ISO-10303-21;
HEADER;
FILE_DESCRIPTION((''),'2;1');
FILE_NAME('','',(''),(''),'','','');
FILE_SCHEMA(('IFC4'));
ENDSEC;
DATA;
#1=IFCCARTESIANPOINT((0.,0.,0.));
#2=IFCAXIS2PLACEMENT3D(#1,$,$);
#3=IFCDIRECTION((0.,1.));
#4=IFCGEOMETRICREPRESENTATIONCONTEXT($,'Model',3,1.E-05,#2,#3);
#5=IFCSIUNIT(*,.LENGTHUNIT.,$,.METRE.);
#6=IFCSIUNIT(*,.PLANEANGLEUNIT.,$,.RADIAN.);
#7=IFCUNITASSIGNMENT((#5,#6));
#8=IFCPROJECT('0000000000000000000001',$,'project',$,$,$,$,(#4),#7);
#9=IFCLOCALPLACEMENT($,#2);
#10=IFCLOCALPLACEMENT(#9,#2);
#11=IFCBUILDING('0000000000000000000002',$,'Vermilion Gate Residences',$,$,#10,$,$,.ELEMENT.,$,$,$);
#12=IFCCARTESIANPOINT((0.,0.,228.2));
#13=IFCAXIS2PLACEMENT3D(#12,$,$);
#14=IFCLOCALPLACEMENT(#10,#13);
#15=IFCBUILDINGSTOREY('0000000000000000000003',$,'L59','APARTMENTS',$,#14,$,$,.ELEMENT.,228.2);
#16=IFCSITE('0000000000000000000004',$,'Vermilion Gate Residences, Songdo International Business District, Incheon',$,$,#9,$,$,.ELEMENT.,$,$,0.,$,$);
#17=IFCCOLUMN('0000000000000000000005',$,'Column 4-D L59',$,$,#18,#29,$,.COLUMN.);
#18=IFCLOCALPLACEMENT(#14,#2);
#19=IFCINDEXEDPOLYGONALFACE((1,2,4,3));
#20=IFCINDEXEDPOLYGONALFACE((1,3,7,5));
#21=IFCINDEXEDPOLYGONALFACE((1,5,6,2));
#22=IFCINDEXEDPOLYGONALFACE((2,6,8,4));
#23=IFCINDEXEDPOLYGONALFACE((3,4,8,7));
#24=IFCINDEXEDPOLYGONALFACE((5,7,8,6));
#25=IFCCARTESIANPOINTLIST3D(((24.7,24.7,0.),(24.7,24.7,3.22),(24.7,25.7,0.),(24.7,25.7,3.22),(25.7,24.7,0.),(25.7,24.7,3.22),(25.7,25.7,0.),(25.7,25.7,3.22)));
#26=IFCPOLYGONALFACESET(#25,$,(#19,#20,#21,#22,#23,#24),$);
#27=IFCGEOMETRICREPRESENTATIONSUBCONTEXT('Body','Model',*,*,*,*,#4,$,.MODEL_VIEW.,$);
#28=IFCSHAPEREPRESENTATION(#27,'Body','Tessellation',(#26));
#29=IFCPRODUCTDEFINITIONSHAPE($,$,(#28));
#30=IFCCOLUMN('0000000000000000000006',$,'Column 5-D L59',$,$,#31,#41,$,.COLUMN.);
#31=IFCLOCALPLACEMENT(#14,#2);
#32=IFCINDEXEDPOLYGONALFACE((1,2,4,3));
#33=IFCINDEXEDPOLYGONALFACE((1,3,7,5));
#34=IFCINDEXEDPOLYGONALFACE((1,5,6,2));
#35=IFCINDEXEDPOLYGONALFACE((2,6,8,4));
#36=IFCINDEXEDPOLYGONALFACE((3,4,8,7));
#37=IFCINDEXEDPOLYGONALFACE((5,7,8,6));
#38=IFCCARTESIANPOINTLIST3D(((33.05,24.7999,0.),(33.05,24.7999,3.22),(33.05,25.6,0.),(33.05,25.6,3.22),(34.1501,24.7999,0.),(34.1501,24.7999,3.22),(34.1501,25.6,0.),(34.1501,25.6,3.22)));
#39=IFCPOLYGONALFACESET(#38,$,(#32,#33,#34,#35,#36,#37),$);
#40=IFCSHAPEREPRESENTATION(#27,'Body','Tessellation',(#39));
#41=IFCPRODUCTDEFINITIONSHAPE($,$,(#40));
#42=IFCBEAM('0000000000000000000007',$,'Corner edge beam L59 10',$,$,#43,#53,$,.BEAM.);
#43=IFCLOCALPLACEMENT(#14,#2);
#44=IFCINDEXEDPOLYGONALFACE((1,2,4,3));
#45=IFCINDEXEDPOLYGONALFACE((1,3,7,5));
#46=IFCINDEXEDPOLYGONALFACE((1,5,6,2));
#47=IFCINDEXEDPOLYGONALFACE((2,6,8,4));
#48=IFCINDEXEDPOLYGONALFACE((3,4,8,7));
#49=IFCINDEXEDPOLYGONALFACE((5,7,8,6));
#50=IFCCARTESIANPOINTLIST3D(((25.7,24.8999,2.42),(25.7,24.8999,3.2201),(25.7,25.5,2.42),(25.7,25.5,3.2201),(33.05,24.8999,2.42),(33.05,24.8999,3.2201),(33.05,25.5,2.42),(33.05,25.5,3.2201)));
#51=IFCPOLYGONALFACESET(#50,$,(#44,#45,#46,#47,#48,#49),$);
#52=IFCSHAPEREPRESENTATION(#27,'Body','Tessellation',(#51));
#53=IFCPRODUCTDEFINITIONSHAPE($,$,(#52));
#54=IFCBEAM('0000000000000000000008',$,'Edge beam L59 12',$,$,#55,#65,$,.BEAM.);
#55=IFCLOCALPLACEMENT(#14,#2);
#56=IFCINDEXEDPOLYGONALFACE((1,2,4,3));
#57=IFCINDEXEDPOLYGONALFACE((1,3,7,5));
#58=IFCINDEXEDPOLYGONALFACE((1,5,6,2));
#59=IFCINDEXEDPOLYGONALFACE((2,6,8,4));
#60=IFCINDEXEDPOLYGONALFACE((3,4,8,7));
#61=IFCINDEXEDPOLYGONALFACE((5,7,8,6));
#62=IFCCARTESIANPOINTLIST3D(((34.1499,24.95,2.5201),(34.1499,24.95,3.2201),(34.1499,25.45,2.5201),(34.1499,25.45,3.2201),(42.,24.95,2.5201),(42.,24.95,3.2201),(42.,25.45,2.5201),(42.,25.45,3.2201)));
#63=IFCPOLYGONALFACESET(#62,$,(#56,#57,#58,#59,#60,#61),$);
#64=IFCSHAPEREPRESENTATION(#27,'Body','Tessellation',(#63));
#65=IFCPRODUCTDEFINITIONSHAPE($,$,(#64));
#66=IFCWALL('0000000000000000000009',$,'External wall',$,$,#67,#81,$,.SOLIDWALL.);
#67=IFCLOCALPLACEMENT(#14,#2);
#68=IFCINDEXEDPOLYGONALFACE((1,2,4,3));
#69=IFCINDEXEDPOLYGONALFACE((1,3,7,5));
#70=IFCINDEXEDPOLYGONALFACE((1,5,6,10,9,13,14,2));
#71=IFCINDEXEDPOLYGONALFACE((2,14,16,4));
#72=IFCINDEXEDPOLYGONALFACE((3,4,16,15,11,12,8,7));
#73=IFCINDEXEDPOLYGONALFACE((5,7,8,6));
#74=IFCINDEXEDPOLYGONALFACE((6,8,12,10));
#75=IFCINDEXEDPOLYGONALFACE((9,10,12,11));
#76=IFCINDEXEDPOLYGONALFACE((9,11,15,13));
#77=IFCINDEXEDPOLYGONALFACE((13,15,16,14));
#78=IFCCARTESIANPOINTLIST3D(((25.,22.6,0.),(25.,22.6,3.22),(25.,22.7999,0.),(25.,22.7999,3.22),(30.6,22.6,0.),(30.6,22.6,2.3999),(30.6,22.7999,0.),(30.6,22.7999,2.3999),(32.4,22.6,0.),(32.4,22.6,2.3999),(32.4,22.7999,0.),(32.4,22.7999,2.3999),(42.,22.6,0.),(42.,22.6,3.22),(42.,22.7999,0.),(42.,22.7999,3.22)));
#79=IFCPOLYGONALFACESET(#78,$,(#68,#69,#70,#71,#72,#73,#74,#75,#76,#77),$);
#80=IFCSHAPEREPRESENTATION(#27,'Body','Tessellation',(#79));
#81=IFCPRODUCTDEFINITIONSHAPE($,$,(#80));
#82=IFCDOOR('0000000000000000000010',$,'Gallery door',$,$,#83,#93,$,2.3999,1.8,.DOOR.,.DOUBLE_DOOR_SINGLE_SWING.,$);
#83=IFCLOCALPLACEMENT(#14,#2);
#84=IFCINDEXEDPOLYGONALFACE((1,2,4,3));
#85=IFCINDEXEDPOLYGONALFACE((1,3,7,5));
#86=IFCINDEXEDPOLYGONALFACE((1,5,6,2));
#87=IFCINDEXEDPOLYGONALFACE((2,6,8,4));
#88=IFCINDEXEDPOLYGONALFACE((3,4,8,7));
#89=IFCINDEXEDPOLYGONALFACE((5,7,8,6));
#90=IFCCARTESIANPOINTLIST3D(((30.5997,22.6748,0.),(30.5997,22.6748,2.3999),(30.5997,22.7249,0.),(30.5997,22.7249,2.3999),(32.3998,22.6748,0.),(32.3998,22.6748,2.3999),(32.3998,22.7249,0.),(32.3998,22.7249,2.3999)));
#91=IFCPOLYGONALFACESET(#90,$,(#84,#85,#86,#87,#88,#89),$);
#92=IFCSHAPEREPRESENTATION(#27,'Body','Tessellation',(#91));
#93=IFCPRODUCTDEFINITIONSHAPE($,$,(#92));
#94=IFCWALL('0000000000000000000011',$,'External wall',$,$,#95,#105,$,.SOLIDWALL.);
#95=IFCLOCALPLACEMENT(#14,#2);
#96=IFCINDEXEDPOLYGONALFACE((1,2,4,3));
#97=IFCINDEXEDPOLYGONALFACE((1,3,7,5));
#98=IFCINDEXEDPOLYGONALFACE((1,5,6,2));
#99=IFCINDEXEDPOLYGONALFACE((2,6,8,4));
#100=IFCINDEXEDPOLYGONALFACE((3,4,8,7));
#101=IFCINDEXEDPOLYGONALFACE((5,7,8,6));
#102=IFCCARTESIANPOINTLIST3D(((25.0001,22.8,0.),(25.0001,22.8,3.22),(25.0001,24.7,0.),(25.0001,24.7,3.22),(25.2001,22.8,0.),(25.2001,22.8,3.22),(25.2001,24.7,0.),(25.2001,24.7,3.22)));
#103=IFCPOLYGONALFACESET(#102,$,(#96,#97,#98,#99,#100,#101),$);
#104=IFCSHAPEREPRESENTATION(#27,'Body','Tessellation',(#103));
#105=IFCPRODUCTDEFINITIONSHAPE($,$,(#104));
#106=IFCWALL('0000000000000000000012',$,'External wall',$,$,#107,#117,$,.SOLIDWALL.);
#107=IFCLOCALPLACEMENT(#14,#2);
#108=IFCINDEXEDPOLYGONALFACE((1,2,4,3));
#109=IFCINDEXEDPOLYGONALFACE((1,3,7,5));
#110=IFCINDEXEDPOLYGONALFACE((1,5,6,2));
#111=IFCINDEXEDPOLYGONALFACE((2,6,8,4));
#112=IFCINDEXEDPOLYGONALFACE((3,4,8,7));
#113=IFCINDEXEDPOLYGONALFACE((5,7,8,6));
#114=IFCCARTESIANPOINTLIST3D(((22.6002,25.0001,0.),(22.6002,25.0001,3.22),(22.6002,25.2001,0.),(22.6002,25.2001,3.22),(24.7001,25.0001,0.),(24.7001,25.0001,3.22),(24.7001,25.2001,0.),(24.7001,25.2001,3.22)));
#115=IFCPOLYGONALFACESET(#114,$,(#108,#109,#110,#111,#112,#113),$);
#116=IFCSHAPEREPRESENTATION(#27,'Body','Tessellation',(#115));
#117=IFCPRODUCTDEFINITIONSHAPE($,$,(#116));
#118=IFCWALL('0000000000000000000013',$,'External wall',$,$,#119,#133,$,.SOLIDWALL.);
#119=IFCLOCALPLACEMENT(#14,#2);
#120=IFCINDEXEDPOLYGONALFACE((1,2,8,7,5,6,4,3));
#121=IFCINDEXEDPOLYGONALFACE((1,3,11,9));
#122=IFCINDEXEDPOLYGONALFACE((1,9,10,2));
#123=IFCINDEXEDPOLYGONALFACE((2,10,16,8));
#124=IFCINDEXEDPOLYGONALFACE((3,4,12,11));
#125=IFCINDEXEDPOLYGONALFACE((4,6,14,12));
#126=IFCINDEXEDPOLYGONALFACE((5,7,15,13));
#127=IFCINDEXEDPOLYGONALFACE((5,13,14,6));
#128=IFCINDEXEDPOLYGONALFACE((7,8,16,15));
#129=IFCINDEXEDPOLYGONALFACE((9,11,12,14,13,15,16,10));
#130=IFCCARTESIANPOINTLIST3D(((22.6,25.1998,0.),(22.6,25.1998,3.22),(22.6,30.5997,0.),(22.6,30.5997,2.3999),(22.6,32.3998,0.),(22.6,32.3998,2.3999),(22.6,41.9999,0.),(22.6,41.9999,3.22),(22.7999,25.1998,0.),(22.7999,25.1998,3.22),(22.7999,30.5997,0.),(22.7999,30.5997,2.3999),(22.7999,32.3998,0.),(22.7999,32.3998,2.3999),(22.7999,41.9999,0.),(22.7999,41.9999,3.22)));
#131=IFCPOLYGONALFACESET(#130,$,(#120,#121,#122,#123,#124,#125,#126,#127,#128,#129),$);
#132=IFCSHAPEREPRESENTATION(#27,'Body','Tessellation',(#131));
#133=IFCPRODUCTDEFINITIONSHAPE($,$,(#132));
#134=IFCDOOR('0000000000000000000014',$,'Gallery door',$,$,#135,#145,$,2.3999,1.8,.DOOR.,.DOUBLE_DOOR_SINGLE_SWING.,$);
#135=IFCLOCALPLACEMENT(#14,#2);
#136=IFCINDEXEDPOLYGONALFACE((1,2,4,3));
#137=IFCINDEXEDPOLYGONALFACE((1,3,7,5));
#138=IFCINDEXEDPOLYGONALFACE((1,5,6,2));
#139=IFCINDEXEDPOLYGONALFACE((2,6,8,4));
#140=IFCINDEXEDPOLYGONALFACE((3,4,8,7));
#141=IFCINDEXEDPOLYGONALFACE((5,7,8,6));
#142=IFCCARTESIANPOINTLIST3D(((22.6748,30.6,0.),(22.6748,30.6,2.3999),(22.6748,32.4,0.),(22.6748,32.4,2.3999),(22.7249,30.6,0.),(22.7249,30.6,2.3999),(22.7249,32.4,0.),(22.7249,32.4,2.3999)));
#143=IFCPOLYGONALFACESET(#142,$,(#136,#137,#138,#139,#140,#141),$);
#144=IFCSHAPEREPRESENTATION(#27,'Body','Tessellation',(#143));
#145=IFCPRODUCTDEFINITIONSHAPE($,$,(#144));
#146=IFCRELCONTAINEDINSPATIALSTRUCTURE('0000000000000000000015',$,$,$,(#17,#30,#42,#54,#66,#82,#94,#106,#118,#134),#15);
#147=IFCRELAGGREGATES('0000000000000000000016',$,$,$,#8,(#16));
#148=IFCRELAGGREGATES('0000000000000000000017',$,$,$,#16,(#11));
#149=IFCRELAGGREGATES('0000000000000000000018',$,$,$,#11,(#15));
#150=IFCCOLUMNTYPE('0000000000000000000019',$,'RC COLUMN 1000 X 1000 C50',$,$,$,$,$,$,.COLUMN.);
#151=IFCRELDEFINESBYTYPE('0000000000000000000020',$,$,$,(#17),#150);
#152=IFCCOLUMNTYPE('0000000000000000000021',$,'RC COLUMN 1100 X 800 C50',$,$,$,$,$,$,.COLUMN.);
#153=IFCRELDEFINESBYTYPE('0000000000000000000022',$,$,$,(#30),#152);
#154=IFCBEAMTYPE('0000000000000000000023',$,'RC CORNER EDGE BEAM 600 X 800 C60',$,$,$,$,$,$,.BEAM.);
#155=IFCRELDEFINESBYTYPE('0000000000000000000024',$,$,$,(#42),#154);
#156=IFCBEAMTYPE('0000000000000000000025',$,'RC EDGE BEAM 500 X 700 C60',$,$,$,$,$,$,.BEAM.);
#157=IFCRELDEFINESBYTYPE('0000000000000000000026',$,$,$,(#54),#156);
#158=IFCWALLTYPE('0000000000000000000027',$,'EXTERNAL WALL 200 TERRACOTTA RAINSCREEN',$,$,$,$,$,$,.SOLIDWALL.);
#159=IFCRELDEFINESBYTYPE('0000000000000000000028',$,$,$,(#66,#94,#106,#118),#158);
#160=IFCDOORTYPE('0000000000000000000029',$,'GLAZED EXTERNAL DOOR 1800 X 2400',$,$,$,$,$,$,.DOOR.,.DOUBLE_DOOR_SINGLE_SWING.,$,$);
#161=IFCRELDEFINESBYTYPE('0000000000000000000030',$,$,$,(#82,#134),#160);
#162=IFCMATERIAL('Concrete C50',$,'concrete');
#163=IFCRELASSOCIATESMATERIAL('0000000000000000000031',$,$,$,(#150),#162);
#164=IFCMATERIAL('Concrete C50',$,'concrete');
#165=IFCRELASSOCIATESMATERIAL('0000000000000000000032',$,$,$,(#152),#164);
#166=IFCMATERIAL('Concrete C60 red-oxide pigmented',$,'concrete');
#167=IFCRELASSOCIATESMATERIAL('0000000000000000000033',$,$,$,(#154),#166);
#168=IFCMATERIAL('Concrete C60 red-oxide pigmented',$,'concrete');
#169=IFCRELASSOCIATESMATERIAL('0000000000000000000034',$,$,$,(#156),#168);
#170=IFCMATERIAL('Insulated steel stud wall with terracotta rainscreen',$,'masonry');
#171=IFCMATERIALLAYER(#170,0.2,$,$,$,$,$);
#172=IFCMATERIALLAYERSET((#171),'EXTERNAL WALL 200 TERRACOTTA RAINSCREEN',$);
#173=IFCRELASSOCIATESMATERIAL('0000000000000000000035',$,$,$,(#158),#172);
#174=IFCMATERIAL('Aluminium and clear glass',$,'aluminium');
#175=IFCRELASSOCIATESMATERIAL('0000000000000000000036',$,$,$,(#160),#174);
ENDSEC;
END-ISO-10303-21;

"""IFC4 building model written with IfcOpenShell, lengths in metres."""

from ifc_helpers import new_model, si_unit, direction, frame, frame_2d, origin, origin_2d, place, context, subcontext, project, spatial, rectangle, extrude, material, layer, layer_set, material_profile, profile_set, type_object, element, fill, save


model = new_model("IFC4")

# Units and contexts
model_context = context("Model", 3, precision=1e-05, world=origin(), true_north=direction((0.0, 1.0)))
body_context = subcontext(model_context, "Body", "Model", "MODEL_VIEW")
ifc_project = project(units=[si_unit("LENGTHUNIT", "METRE"), si_unit("PLANEANGLEUNIT", "RADIAN")], contexts=[model_context])

# Site, building, storey
site_placement = place(None, origin())
site = spatial("IfcSite", under=ifc_project, at=site_placement, Name="Vermilion Gate Residences, Songdo International Business District, Incheon", CompositionType="ELEMENT", RefElevation=0.0)
building_placement = place(site_placement, origin())
building = spatial("IfcBuilding", under=site, at=building_placement, Name="Vermilion Gate Residences", CompositionType="ELEMENT")
storey_placement = place(building_placement, frame((0.0, 0.0, 228.2)))
storey = spatial("IfcBuildingStorey", under=building, at=storey_placement, Name="L59", Description="APARTMENTS", CompositionType="ELEMENT", Elevation=228.2)

# Columns
ifc_material_1 = material(Name="Concrete C50", Category="concrete")
ifc_material_profile_1 = material_profile(ifc_material_1, rectangle(XDim=1.0, YDim=1.0, at=origin_2d()), Name="RC-1000x1000")
ifc_profile_set_1 = profile_set([ifc_material_profile_1], Name="Concrete C50")
column_type_1 = type_object("IfcColumnType", Name="RC COLUMN 1000 X 1000 C50", PredefinedType="COLUMN", material=ifc_profile_set_1)
column_1_placement = place(storey_placement, frame((25.2, 25.2, 0.0), z_axis=(0.0, 0.0, 1.0), x_axis=(1.0, 0.0, 0.0)))
element("IfcColumn", 1, at=column_1_placement, inside=storey, type_object=column_type_1, Name="Column 4-D L59", PredefinedType="COLUMN", context=body_context, shape_type="SweptSolid", body=[
    extrude(rectangle(XDim=1.0, YDim=1.0, at=origin_2d()), origin(), (0.0, 0.0, 1.0), 3.22),
])
ifc_material_2 = material(Name="Concrete C50", Category="concrete")
ifc_material_profile_2 = material_profile(ifc_material_2, rectangle(XDim=1.1001, YDim=0.8, at=origin_2d()), Name="RC-1100x800")
ifc_profile_set_2 = profile_set([ifc_material_profile_2], Name="Concrete C50")
column_type_2 = type_object("IfcColumnType", Name="RC COLUMN 1100 X 800 C50", PredefinedType="COLUMN", material=ifc_profile_set_2)
column_2_placement = place(storey_placement, frame((33.6001, 25.2, 0.0), z_axis=(0.0, 0.0, 1.0), x_axis=(1.0, 0.0, 0.0)))
element("IfcColumn", 2, at=column_2_placement, inside=storey, type_object=column_type_2, Name="Column 5-D L59", PredefinedType="COLUMN", context=body_context, shape_type="SweptSolid", body=[
    extrude(rectangle(XDim=1.1001, YDim=0.8, at=origin_2d()), origin(), (0.0, 0.0, 1.0), 3.22),
])

# Beams
ifc_material_3 = material(Name="Concrete C60 red-oxide pigmented", Category="concrete")
ifc_material_profile_3 = material_profile(ifc_material_3, rectangle(XDim=0.6001, YDim=0.8, at=origin_2d()), Name="RC-600x800")
ifc_profile_set_3 = profile_set([ifc_material_profile_3], Name="Concrete C60 red-oxide pigmented")
beam_type_1 = type_object("IfcBeamType", Name="RC CORNER EDGE BEAM 600 X 800 C60", PredefinedType="BEAM", material=ifc_profile_set_3)
beam_1_placement = place(storey_placement, frame((25.7, 25.2, 2.8201), z_axis=(1.0, 0.0, 0.0), x_axis=(0.0, 1.0, 0.0)))
element("IfcBeam", 3, at=beam_1_placement, inside=storey, type_object=beam_type_1, Name="Corner edge beam L59 10", PredefinedType="BEAM", context=body_context, shape_type="SweptSolid", body=[
    extrude(rectangle(XDim=0.6001, YDim=0.8, at=origin_2d()), origin(), (0.0, 0.0, 1.0), 7.3501),
])
ifc_material_4 = material(Name="Concrete C60 red-oxide pigmented", Category="concrete")
ifc_material_profile_4 = material_profile(ifc_material_4, rectangle(XDim=0.5, YDim=0.7, at=origin_2d()), Name="RC-500x700")
ifc_profile_set_4 = profile_set([ifc_material_profile_4], Name="Concrete C60 red-oxide pigmented")
beam_type_2 = type_object("IfcBeamType", Name="RC EDGE BEAM 500 X 700 C60", PredefinedType="BEAM", material=ifc_profile_set_4)
beam_2_placement = place(storey_placement, frame((34.1499, 25.2, 2.8701), z_axis=(1.0, 0.0, 0.0), x_axis=(0.0, 1.0, 0.0)))
element("IfcBeam", 4, at=beam_2_placement, inside=storey, type_object=beam_type_2, Name="Edge beam L59 12", PredefinedType="BEAM", context=body_context, shape_type="SweptSolid", body=[
    extrude(rectangle(XDim=0.5, YDim=0.7, at=origin_2d()), origin(), (0.0, 0.0, 1.0), 7.8501),
])

# Wall, opening, door
ifc_material_5 = material(Name="Insulated steel stud wall with terracotta rainscreen", Category="masonry")
ifc_layer_1 = layer(ifc_material_5, 0.2)
ifc_layer_set_1 = layer_set([ifc_layer_1], Name="EXTERNAL WALL 200 TERRACOTTA RAINSCREEN")
wall_type_1 = type_object("IfcWallType", Name="EXTERNAL WALL 200 TERRACOTTA RAINSCREEN", PredefinedType="SOLIDWALL", material=ifc_layer_set_1)
wall_1_placement = place(storey_placement, frame((42.0, 22.7, 0.0), z_axis=(0.0, 0.0, 1.0), x_axis=(-1.0, 0.0, 0.0)))
wall_1 = element("IfcWall", 5, at=wall_1_placement, inside=storey, type_object=wall_type_1, Name="External wall", PredefinedType="SOLIDWALL", context=body_context, shape_type="SweptSolid", body=[
    extrude(rectangle(XDim=17.0, YDim=0.2, at=frame_2d((8.5, 0.0))), origin(), (0.0, 0.0, 1.0), 3.22),
])
opening_1_placement = place(wall_1_placement, frame((9.6001, 0.0, 0.0)))
opening_1 = element("IfcOpeningElement", 6, at=opening_1_placement, cuts=wall_1, PredefinedType="OPENING", context=body_context, shape_type="SweptSolid", body=[
    extrude(rectangle(XDim=1.8, YDim=2.3999, at=frame_2d((0.8999, 1.2))), frame((0.0, 0.1099, 0.0), z_axis=(0.0, -1.0, 0.0), x_axis=(1.0, 0.0, 0.0)), (0.0, 0.0, 1.0), 0.22),
])
ifc_material_6 = material(Name="Aluminium and clear glass", Category="aluminium")
door_type = type_object("IfcDoorType", Name="GLAZED EXTERNAL DOOR 1800 X 2400", OperationType="DOUBLE_DOOR_SINGLE_SWING", PredefinedType="DOOR", material=ifc_material_6)
door_1_placement = place(opening_1_placement, frame((1.8, 0.0, 0.0), z_axis=(0.0, 0.0, 1.0), x_axis=(-1.0, 0.0, 0.0)))
door_1 = element("IfcDoor", 7, at=door_1_placement, inside=storey, type_object=door_type, Name="Gallery door", OperationType="DOUBLE_DOOR_SINGLE_SWING", OverallHeight=2.3999, OverallWidth=1.8, PredefinedType="DOOR", context=body_context, shape_type="SweptSolid", body=[
    extrude(rectangle(XDim=1.8, YDim=2.3999, at=frame_2d((0.8999, 1.2))), frame((0.0, 0.0249, 0.0), z_axis=(0.0, -1.0, 0.0), x_axis=(1.0, 0.0, 0.0)), (0.0, 0.0, 1.0), 0.05),
])
fill(opening_1, door_1)

# Walls
wall_2_placement = place(storey_placement, frame((25.1001, 22.8, 0.0), z_axis=(0.0, 0.0, 1.0), x_axis=(0.0, 1.0, 0.0)))
element("IfcWall", 8, at=wall_2_placement, inside=storey, type_object=wall_type_1, Name="External wall", PredefinedType="SOLIDWALL", context=body_context, shape_type="SweptSolid", body=[
    extrude(rectangle(XDim=1.8999, YDim=0.2, at=frame_2d((0.95, 0.0))), origin(), (0.0, 0.0, 1.0), 3.22),
])
wall_3_placement = place(storey_placement, frame((24.7, 25.1001, 0.0), z_axis=(0.0, 0.0, 1.0), x_axis=(-1.0, 0.0, 0.0)))
element("IfcWall", 9, at=wall_3_placement, inside=storey, type_object=wall_type_1, Name="External wall", PredefinedType="SOLIDWALL", context=body_context, shape_type="SweptSolid", body=[
    extrude(rectangle(XDim=2.0999, YDim=0.2, at=frame_2d((1.0498, 0.0))), origin(), (0.0, 0.0, 1.0), 3.22),
])

# Wall, opening, door
wall_4_placement = place(storey_placement, frame((22.7, 25.2, 0.0), z_axis=(0.0, 0.0, 1.0), x_axis=(0.0, 1.0, 0.0)))
wall_4 = element("IfcWall", 10, at=wall_4_placement, inside=storey, type_object=wall_type_1, Name="External wall", PredefinedType="SOLIDWALL", context=body_context, shape_type="SweptSolid", body=[
    extrude(rectangle(XDim=16.8, YDim=0.2, at=frame_2d((8.3999, 0.0))), origin(), (0.0, 0.0, 1.0), 3.22),
])
opening_2_placement = place(wall_4_placement, frame((5.3999, 0.0, 0.0)))
opening_2 = element("IfcOpeningElement", 11, at=opening_2_placement, cuts=wall_4, PredefinedType="OPENING", context=body_context, shape_type="SweptSolid", body=[
    extrude(rectangle(XDim=1.8, YDim=2.3999, at=frame_2d((0.8999, 1.2))), frame((0.0, 0.1099, 0.0), z_axis=(0.0, -1.0, 0.0), x_axis=(1.0, 0.0, 0.0)), (0.0, 0.0, 1.0), 0.22),
])
door_2_placement = place(opening_2_placement, frame((1.8, 0.0, 0.0), z_axis=(0.0, 0.0, 1.0), x_axis=(-1.0, 0.0, 0.0)))
door_2 = element("IfcDoor", 12, at=door_2_placement, inside=storey, type_object=door_type, Name="Gallery door", OperationType="DOUBLE_DOOR_SINGLE_SWING", OverallHeight=2.3999, OverallWidth=1.8, PredefinedType="DOOR", context=body_context, shape_type="SweptSolid", body=[
    extrude(rectangle(XDim=1.8, YDim=2.3999, at=frame_2d((0.8999, 1.2))), frame((0.0, 0.0249, 0.0), z_axis=(0.0, -1.0, 0.0), x_axis=(1.0, 0.0, 0.0)), (0.0, 0.0, 1.0), 0.05),
])
fill(opening_2, door_2)

save(model, "model.ifc")
